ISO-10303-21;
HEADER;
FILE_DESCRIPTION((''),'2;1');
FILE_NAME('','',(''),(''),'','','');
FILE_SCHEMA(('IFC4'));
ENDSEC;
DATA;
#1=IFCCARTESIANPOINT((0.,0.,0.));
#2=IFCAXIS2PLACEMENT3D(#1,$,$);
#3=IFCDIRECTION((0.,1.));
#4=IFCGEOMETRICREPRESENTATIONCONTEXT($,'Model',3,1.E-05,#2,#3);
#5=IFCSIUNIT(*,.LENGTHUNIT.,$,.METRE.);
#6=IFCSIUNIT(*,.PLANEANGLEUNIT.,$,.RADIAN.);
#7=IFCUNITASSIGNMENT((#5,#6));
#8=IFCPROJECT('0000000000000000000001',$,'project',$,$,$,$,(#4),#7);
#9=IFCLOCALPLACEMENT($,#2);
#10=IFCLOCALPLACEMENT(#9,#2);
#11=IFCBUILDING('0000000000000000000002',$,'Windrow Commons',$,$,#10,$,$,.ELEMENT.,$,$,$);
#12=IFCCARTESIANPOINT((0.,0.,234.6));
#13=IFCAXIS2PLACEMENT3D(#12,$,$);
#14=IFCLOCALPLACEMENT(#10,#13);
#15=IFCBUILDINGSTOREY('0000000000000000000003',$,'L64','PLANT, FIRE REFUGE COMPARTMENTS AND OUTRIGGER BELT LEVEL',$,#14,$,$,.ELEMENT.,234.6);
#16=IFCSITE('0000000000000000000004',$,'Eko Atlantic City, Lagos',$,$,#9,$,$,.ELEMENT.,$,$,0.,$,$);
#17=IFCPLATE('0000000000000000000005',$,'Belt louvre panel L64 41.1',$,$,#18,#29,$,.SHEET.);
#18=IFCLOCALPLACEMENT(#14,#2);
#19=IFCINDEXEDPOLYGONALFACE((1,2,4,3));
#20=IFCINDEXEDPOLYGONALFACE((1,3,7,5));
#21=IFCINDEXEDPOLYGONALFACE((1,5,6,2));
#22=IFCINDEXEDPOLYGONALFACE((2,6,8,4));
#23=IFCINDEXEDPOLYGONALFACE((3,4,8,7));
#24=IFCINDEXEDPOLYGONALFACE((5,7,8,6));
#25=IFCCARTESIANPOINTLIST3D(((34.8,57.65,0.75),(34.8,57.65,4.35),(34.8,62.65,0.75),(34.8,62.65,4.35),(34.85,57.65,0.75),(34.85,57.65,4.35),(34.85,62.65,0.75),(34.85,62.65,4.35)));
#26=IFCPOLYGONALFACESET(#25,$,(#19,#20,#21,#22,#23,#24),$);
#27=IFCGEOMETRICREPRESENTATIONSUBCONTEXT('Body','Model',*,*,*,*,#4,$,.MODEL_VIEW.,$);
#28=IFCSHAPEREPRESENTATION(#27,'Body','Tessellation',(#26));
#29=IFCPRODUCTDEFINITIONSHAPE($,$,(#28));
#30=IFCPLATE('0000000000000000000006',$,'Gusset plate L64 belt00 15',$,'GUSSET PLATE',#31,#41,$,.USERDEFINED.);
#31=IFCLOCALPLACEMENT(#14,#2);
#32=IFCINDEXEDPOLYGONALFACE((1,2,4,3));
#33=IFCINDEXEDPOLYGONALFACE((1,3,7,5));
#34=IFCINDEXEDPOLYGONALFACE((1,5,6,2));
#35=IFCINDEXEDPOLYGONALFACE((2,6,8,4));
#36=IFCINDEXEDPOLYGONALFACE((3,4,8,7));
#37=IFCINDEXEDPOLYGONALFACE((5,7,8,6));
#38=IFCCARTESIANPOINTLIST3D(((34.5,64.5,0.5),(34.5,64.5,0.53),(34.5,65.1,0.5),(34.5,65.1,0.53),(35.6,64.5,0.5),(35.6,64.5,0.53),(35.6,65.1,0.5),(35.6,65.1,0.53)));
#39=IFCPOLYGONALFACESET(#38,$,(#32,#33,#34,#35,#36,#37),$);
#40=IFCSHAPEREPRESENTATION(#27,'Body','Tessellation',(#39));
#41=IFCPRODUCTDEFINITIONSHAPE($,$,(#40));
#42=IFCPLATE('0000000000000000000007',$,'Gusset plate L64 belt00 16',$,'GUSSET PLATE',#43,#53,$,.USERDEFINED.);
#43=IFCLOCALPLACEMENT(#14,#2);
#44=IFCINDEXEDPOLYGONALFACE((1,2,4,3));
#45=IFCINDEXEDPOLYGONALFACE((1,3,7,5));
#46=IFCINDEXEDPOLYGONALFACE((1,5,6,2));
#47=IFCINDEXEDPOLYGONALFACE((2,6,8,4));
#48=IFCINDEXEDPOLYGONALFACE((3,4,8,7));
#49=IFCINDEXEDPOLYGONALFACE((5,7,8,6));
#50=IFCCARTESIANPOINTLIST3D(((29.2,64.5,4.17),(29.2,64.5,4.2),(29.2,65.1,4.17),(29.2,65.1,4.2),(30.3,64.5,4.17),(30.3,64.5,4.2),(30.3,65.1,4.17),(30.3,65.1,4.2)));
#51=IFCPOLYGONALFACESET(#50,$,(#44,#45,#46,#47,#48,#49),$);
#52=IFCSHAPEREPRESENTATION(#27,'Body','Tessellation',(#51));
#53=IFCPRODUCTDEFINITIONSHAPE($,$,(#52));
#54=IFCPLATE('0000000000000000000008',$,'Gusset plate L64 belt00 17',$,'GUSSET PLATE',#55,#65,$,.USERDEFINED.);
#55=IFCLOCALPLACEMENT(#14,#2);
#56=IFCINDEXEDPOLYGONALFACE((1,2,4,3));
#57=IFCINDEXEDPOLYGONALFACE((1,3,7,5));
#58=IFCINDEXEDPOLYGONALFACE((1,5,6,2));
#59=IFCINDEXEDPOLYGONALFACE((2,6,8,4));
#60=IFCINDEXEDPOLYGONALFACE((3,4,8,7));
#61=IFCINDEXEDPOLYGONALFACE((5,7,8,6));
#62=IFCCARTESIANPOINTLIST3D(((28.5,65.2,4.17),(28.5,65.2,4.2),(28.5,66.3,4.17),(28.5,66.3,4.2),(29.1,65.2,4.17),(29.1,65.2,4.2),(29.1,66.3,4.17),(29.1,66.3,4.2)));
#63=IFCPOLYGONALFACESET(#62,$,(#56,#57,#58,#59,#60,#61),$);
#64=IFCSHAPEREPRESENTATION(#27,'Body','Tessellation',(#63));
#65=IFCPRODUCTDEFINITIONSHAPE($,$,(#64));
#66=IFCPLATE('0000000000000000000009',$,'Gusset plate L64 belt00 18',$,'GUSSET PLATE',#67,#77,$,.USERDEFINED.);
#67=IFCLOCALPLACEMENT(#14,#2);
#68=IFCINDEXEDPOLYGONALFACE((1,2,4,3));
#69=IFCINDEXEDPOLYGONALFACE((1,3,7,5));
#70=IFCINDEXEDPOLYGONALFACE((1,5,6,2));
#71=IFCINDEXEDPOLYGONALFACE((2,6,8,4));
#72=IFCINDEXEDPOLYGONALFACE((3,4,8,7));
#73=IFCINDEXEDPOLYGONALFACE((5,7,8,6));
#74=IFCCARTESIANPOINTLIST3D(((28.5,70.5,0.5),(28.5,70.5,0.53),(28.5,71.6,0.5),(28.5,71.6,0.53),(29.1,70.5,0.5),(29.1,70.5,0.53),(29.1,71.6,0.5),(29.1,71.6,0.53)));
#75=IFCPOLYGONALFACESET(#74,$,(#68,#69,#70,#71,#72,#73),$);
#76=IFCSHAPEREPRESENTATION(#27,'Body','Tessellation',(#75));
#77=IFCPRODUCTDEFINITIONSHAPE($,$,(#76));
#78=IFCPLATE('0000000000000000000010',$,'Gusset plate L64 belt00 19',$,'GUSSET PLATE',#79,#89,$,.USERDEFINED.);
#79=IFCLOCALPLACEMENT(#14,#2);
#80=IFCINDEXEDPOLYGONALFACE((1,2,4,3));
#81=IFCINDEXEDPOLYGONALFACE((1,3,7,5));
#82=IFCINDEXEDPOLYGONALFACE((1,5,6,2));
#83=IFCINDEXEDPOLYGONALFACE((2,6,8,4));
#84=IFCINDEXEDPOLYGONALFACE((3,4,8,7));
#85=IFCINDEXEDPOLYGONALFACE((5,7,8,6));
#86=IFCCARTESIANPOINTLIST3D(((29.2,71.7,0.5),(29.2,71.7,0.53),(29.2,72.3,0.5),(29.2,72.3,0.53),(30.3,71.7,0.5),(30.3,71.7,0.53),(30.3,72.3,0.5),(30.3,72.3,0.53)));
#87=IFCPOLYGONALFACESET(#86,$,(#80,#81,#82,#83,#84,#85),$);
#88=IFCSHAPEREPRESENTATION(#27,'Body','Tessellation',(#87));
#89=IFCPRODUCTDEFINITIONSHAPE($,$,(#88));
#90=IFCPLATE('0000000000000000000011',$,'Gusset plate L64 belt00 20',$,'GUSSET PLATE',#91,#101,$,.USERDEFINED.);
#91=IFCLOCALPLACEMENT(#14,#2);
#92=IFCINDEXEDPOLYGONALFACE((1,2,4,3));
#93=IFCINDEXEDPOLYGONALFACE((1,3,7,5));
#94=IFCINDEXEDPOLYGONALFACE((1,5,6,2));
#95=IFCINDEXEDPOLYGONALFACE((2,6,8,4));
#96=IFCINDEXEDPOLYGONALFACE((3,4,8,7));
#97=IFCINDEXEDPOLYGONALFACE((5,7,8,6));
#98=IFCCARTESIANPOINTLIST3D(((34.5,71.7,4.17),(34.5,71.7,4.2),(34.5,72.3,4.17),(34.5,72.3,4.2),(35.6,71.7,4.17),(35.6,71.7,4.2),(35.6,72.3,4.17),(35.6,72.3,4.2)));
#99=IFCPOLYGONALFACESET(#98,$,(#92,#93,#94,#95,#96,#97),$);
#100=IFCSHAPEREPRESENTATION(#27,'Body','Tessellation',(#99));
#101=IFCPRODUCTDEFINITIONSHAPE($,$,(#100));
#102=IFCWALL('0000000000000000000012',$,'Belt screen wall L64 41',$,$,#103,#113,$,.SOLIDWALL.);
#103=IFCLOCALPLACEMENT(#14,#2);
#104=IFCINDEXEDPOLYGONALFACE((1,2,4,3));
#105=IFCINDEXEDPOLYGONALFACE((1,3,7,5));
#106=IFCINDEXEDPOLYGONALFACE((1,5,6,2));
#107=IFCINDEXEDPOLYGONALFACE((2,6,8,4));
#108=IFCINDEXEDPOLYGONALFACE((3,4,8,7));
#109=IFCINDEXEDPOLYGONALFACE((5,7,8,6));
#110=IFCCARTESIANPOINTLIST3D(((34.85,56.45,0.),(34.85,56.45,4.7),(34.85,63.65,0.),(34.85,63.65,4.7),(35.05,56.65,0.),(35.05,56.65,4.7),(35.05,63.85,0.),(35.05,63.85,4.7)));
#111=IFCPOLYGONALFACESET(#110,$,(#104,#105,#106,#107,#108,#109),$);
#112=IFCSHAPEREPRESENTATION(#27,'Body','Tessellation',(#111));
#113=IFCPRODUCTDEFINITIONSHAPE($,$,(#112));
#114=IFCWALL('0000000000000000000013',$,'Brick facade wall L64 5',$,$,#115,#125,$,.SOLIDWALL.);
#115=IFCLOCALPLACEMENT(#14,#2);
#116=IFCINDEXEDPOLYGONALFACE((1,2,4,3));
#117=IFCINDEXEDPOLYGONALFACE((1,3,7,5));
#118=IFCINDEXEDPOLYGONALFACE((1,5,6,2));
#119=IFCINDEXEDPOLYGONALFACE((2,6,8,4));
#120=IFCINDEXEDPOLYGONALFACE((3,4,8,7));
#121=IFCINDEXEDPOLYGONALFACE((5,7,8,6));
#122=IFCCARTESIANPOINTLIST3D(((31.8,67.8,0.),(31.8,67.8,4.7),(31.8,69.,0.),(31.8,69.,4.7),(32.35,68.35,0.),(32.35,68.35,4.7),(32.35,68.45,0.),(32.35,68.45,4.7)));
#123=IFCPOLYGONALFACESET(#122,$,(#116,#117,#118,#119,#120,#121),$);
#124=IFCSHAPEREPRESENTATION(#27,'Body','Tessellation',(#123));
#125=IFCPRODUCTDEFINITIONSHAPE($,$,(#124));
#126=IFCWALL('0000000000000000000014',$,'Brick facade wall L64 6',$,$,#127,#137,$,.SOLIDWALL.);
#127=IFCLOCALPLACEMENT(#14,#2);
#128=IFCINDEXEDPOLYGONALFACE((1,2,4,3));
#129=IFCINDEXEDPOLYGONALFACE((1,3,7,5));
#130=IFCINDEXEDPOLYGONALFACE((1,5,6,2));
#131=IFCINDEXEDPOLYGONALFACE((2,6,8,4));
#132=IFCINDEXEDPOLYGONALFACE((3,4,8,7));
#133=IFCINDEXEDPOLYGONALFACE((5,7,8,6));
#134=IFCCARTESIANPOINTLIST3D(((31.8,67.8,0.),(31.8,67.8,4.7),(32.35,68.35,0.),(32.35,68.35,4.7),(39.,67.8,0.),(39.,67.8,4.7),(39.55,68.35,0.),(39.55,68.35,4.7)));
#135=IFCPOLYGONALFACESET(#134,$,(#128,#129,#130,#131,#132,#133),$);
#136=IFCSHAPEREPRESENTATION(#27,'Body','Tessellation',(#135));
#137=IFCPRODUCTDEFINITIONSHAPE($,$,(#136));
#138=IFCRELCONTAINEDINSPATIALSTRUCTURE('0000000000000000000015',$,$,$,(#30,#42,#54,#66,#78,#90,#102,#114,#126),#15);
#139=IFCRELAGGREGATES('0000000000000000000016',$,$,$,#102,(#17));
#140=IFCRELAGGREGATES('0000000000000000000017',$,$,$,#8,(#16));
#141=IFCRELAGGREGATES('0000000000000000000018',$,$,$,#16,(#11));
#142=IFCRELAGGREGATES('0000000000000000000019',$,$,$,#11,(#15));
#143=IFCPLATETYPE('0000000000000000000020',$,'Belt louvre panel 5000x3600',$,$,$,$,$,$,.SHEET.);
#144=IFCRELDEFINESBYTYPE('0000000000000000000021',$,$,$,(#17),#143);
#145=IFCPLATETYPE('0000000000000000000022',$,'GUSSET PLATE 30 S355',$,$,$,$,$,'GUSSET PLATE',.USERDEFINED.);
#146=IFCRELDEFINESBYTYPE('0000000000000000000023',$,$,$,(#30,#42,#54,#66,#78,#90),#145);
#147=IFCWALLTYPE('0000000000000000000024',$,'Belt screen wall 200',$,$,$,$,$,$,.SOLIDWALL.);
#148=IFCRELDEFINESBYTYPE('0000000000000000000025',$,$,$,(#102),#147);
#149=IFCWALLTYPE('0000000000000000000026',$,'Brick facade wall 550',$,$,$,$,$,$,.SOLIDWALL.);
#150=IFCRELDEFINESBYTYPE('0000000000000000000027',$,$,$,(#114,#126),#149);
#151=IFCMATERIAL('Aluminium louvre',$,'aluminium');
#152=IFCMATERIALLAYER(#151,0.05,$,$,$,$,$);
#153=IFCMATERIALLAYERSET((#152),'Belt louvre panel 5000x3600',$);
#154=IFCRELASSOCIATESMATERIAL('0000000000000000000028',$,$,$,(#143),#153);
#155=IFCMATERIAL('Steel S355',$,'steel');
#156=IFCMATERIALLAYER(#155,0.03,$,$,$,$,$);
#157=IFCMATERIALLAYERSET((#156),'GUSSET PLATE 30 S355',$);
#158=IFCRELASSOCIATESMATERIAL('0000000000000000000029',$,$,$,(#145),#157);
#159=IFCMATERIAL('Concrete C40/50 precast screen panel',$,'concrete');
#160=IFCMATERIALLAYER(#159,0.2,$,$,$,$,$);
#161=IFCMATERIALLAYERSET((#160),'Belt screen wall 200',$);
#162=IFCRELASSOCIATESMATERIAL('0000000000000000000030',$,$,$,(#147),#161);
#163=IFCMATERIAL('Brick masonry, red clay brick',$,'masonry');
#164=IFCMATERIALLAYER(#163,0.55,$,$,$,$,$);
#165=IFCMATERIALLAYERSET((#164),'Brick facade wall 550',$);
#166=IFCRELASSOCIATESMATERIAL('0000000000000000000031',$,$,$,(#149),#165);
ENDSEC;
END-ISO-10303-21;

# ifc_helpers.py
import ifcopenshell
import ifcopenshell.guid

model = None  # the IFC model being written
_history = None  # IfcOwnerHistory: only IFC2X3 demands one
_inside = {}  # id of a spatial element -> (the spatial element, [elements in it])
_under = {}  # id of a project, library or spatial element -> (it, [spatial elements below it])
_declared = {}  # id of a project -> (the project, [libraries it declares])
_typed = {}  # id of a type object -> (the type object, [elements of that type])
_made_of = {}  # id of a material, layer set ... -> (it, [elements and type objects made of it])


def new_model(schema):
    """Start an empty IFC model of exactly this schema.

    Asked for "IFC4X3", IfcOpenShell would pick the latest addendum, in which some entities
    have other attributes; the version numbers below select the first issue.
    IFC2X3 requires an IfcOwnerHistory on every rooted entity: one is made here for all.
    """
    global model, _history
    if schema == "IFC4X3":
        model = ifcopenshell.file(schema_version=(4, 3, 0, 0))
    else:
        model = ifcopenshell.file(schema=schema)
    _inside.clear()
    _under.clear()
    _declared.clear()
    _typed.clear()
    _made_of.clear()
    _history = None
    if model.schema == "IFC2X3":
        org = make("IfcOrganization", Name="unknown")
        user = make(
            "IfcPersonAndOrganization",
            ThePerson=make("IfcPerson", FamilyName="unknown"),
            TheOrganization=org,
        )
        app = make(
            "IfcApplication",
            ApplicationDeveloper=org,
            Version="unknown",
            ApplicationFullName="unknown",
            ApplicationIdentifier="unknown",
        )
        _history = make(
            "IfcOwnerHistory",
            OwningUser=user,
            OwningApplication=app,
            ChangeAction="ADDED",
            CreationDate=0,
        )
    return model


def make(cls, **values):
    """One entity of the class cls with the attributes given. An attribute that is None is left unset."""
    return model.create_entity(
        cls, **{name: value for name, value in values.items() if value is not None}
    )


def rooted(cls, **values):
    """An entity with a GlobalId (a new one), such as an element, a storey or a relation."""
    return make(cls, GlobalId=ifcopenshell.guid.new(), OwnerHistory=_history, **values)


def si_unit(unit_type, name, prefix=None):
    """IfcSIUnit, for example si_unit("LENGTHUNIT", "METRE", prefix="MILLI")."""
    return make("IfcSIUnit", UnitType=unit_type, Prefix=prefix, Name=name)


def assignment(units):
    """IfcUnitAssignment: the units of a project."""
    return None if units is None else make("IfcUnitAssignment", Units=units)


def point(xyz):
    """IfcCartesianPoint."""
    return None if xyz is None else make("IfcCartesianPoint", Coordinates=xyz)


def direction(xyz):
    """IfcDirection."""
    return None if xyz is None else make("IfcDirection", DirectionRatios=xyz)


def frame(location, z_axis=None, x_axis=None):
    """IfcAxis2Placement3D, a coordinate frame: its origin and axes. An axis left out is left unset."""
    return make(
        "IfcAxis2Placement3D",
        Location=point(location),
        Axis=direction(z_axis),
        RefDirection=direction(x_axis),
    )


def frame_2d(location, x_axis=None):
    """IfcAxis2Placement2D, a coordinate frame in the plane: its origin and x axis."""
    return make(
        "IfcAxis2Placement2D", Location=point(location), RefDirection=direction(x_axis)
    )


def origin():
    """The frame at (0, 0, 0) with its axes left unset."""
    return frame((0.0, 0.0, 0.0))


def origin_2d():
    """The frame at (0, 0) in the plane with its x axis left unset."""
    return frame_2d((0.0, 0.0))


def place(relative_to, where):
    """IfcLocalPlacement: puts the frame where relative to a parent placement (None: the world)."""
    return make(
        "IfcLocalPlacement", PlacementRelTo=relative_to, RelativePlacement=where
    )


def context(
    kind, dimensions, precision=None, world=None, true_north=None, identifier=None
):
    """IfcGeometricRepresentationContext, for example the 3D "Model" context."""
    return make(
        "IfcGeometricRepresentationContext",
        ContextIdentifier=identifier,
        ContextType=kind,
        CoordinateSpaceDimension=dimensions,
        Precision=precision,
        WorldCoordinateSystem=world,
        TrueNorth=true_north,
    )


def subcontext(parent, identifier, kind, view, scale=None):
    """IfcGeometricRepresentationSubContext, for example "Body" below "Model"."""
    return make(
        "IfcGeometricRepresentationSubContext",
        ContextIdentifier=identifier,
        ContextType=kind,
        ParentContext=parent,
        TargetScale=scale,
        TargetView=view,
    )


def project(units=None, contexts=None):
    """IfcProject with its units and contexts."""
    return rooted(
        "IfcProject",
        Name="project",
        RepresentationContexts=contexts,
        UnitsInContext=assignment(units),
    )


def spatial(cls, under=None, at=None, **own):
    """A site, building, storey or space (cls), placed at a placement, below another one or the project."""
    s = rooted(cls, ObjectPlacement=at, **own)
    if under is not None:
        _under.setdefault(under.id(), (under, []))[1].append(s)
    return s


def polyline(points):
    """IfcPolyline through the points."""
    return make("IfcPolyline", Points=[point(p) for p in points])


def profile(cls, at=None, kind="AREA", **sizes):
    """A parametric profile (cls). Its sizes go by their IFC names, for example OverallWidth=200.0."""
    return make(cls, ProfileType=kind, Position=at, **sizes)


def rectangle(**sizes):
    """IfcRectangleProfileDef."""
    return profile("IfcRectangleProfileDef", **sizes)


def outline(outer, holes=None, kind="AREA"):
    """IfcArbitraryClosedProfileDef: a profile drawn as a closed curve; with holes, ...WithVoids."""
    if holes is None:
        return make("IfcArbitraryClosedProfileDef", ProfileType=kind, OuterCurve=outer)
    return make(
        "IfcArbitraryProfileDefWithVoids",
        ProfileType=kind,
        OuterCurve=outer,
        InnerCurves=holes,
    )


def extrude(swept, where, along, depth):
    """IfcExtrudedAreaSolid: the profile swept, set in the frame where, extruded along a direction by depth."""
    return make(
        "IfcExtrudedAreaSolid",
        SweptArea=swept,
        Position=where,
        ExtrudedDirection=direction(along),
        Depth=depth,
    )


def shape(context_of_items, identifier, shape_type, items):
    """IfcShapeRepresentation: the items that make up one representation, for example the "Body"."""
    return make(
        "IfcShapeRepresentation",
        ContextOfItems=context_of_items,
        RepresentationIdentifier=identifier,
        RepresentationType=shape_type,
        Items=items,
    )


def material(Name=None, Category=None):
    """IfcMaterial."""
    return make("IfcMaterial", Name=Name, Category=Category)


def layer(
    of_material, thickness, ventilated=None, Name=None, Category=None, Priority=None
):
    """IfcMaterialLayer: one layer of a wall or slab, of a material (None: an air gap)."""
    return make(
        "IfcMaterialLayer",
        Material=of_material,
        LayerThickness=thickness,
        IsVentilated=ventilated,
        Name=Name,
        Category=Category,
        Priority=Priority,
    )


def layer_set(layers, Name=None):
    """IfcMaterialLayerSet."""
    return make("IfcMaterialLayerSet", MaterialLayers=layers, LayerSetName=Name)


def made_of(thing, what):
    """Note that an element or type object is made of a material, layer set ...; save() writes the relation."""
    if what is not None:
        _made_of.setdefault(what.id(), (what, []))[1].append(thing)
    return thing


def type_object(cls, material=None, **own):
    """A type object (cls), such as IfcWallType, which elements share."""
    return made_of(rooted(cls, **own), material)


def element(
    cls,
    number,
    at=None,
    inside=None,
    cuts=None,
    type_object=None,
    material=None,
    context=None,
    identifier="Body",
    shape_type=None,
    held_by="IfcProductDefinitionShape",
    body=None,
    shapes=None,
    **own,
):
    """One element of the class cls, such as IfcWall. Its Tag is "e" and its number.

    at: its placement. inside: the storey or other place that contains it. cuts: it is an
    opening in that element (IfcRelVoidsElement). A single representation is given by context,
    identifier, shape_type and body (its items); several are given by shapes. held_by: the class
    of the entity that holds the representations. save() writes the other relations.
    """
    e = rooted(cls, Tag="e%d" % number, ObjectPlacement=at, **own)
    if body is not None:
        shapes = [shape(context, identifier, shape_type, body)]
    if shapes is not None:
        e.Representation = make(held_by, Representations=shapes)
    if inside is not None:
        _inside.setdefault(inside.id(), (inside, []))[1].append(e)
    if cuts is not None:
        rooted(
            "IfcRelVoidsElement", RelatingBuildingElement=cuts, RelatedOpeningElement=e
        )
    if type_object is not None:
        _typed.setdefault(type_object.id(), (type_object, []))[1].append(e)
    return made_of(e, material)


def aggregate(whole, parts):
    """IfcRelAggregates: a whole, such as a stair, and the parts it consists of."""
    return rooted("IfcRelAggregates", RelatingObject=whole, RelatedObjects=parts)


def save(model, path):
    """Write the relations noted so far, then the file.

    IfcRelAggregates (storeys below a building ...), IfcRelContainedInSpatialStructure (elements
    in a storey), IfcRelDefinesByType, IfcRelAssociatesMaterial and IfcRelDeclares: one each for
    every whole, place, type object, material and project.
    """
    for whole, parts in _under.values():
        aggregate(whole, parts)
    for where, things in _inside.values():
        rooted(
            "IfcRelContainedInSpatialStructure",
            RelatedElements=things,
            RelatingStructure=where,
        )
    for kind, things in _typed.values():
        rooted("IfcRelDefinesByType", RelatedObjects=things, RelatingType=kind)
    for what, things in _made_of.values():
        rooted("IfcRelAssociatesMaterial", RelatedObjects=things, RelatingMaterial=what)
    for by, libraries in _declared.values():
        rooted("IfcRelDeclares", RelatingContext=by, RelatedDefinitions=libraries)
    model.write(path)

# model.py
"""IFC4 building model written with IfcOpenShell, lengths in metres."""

from ifc_helpers import new_model, si_unit, direction, frame, origin, origin_2d, place, context, subcontext, project, spatial, polyline, rectangle, outline, extrude, material, layer, layer_set, type_object, element, aggregate, save


model = new_model("IFC4")

# Units and contexts
model_context = context("Model", 3, precision=1e-05, world=origin(), true_north=direction((0.0, 1.0)))
body_context = subcontext(model_context, "Body", "Model", "MODEL_VIEW")
ifc_project = project(units=[si_unit("LENGTHUNIT", "METRE"), si_unit("PLANEANGLEUNIT", "RADIAN")], contexts=[model_context])

# Site, building, storey
site_placement = place(None, origin())
site = spatial("IfcSite", under=ifc_project, at=site_placement, Name="Eko Atlantic City, Lagos", CompositionType="ELEMENT", RefElevation=0.0)
building_placement = place(site_placement, origin())
building = spatial("IfcBuilding", under=site, at=building_placement, Name="Windrow Commons", CompositionType="ELEMENT")
storey_placement = place(building_placement, frame((0.0, 0.0, 234.6)))
storey = spatial("IfcBuildingStorey", under=building, at=storey_placement, Name="L64", Description="PLANT, FIRE REFUGE COMPARTMENTS AND OUTRIGGER BELT LEVEL", CompositionType="ELEMENT", Elevation=234.6)

# Plate
ifc_material_1 = material(Name="Aluminium louvre", Category="aluminium")
ifc_layer_1 = layer(ifc_material_1, 0.05)
ifc_layer_set_1 = layer_set([ifc_layer_1], Name="Belt louvre panel 5000x3600")
plate_type_1 = type_object("IfcPlateType", Name="Belt louvre panel 5000x3600", PredefinedType="SHEET", material=ifc_layer_set_1)
plate_1_placement = place(storey_placement, frame((34.8, 62.65, 0.75), z_axis=(-1.0, 0.0, 0.0), x_axis=(0.0, -1.0, 0.0)))
plate_1 = element("IfcPlate", 1, at=plate_1_placement, type_object=plate_type_1, Name="Belt louvre panel L64 41.1", PredefinedType="SHEET", context=body_context, shape_type="SweptSolid", body=[
    extrude(outline(polyline([(0.0, 0.0), (5.0, 0.0), (5.0, 3.6), (0.0, 3.6), (0.0, 0.0)])), origin(), (0.0, 0.0, -1.0), 0.05),
])

# Plates
ifc_material_2 = material(Name="Steel S355", Category="steel")
ifc_layer_2 = layer(ifc_material_2, 0.03)
ifc_layer_set_2 = layer_set([ifc_layer_2], Name="GUSSET PLATE 30 S355")
plate_type_2 = type_object("IfcPlateType", Name="GUSSET PLATE 30 S355", ElementType="GUSSET PLATE", PredefinedType="USERDEFINED", material=ifc_layer_set_2)
for number, where, z_axis, x_axis, name in (
    (2, (35.05, 64.8, 0.5), (0.0, 0.0, 1.0), (-1.0, 0.0, 0.0), "Gusset plate L64 belt00 15"),
    (3, (29.75, 64.8, 4.17), (0.0, 0.0, 1.0), (-1.0, 0.0, 0.0), "Gusset plate L64 belt00 16"),
    (4, (28.8, 65.75, 4.17), (0.0, 0.0, 1.0), (0.0, 1.0, 0.0), "Gusset plate L64 belt00 17"),
    (5, (28.8, 71.05, 0.5), (0.0, 0.0, 1.0), (0.0, 1.0, 0.0), "Gusset plate L64 belt00 18"),
    (6, (29.75, 72.0, 0.5), (0.0, 0.0, 1.0), (1.0, 0.0, 0.0), "Gusset plate L64 belt00 19"),
    (7, (35.05, 72.0, 4.17), (0.0, 0.0, 1.0), (1.0, 0.0, 0.0), "Gusset plate L64 belt00 20"),
):
    element("IfcPlate", number, at=place(storey_placement, frame(where, z_axis=z_axis, x_axis=x_axis)), inside=storey, type_object=plate_type_2, Name=name, ObjectType="GUSSET PLATE", PredefinedType="USERDEFINED", context=body_context, shape_type="SweptSolid", body=[
        extrude(rectangle(XDim=1.1, YDim=0.6, at=origin_2d()), origin(), (0.0, 0.0, 1.0), 0.03),
    ])

# Wall
ifc_material_3 = material(Name="Concrete C40/50 precast screen panel", Category="concrete")
ifc_layer_3 = layer(ifc_material_3, 0.2)
ifc_layer_set_3 = layer_set([ifc_layer_3], Name="Belt screen wall 200")
wall_type_1 = type_object("IfcWallType", Name="Belt screen wall 200", PredefinedType="SOLIDWALL", material=ifc_layer_set_3)
wall_1_placement = place(storey_placement, frame((34.95, 63.75, 0.0), z_axis=(0.0, 0.0, 1.0), x_axis=(0.0, -1.0, 0.0)))
wall_1 = element("IfcWall", 8, at=wall_1_placement, inside=storey, type_object=wall_type_1, Name="Belt screen wall L64 41", PredefinedType="SOLIDWALL", context=body_context, shape_type="SweptSolid", body=[
    extrude(outline(polyline([(0.1, -0.1), (7.3, -0.1), (7.1, 0.1), (-0.1, 0.1), (0.1, -0.1)])), origin(), (0.0, 0.0, 1.0), 4.7),
])
aggregate(wall_1, [plate_1])

# Walls
ifc_material_4 = material(Name="Brick masonry, red clay brick", Category="masonry")
ifc_layer_4 = layer(ifc_material_4, 0.55)
ifc_layer_set_4 = layer_set([ifc_layer_4], Name="Brick facade wall 550")
wall_type_2 = type_object("IfcWallType", Name="Brick facade wall 550", PredefinedType="SOLIDWALL", material=ifc_layer_set_4)
wall_2_placement = place(storey_placement, frame((32.075, 68.725, 0.0), z_axis=(0.0, 0.0, 1.0), x_axis=(0.0, -1.0, 0.0)))
element("IfcWall", 9, at=wall_2_placement, inside=storey, type_object=wall_type_2, Name="Brick facade wall L64 5", PredefinedType="SOLIDWALL", context=body_context, shape_type="SweptSolid", body=[
    extrude(outline(polyline([(-0.275, -0.275), (0.925, -0.275), (0.375, 0.275), (0.275, 0.275), (-0.275, -0.275)])), origin(), (0.0, 0.0, 1.0), 4.7),
])
wall_3_placement = place(storey_placement, frame((32.075, 68.075, 0.0), z_axis=(0.0, 0.0, 1.0), x_axis=(1.0, 0.0, 0.0)))
element("IfcWall", 10, at=wall_3_placement, inside=storey, type_object=wall_type_2, Name="Brick facade wall L64 6", PredefinedType="SOLIDWALL", context=body_context, shape_type="SweptSolid", body=[
    extrude(outline(polyline([(-0.275, -0.275), (6.925, -0.275), (7.475, 0.275), (0.275, 0.275), (-0.275, -0.275)])), origin(), (0.0, 0.0, 1.0), 4.7),
])

save(model, "model.ifc")
